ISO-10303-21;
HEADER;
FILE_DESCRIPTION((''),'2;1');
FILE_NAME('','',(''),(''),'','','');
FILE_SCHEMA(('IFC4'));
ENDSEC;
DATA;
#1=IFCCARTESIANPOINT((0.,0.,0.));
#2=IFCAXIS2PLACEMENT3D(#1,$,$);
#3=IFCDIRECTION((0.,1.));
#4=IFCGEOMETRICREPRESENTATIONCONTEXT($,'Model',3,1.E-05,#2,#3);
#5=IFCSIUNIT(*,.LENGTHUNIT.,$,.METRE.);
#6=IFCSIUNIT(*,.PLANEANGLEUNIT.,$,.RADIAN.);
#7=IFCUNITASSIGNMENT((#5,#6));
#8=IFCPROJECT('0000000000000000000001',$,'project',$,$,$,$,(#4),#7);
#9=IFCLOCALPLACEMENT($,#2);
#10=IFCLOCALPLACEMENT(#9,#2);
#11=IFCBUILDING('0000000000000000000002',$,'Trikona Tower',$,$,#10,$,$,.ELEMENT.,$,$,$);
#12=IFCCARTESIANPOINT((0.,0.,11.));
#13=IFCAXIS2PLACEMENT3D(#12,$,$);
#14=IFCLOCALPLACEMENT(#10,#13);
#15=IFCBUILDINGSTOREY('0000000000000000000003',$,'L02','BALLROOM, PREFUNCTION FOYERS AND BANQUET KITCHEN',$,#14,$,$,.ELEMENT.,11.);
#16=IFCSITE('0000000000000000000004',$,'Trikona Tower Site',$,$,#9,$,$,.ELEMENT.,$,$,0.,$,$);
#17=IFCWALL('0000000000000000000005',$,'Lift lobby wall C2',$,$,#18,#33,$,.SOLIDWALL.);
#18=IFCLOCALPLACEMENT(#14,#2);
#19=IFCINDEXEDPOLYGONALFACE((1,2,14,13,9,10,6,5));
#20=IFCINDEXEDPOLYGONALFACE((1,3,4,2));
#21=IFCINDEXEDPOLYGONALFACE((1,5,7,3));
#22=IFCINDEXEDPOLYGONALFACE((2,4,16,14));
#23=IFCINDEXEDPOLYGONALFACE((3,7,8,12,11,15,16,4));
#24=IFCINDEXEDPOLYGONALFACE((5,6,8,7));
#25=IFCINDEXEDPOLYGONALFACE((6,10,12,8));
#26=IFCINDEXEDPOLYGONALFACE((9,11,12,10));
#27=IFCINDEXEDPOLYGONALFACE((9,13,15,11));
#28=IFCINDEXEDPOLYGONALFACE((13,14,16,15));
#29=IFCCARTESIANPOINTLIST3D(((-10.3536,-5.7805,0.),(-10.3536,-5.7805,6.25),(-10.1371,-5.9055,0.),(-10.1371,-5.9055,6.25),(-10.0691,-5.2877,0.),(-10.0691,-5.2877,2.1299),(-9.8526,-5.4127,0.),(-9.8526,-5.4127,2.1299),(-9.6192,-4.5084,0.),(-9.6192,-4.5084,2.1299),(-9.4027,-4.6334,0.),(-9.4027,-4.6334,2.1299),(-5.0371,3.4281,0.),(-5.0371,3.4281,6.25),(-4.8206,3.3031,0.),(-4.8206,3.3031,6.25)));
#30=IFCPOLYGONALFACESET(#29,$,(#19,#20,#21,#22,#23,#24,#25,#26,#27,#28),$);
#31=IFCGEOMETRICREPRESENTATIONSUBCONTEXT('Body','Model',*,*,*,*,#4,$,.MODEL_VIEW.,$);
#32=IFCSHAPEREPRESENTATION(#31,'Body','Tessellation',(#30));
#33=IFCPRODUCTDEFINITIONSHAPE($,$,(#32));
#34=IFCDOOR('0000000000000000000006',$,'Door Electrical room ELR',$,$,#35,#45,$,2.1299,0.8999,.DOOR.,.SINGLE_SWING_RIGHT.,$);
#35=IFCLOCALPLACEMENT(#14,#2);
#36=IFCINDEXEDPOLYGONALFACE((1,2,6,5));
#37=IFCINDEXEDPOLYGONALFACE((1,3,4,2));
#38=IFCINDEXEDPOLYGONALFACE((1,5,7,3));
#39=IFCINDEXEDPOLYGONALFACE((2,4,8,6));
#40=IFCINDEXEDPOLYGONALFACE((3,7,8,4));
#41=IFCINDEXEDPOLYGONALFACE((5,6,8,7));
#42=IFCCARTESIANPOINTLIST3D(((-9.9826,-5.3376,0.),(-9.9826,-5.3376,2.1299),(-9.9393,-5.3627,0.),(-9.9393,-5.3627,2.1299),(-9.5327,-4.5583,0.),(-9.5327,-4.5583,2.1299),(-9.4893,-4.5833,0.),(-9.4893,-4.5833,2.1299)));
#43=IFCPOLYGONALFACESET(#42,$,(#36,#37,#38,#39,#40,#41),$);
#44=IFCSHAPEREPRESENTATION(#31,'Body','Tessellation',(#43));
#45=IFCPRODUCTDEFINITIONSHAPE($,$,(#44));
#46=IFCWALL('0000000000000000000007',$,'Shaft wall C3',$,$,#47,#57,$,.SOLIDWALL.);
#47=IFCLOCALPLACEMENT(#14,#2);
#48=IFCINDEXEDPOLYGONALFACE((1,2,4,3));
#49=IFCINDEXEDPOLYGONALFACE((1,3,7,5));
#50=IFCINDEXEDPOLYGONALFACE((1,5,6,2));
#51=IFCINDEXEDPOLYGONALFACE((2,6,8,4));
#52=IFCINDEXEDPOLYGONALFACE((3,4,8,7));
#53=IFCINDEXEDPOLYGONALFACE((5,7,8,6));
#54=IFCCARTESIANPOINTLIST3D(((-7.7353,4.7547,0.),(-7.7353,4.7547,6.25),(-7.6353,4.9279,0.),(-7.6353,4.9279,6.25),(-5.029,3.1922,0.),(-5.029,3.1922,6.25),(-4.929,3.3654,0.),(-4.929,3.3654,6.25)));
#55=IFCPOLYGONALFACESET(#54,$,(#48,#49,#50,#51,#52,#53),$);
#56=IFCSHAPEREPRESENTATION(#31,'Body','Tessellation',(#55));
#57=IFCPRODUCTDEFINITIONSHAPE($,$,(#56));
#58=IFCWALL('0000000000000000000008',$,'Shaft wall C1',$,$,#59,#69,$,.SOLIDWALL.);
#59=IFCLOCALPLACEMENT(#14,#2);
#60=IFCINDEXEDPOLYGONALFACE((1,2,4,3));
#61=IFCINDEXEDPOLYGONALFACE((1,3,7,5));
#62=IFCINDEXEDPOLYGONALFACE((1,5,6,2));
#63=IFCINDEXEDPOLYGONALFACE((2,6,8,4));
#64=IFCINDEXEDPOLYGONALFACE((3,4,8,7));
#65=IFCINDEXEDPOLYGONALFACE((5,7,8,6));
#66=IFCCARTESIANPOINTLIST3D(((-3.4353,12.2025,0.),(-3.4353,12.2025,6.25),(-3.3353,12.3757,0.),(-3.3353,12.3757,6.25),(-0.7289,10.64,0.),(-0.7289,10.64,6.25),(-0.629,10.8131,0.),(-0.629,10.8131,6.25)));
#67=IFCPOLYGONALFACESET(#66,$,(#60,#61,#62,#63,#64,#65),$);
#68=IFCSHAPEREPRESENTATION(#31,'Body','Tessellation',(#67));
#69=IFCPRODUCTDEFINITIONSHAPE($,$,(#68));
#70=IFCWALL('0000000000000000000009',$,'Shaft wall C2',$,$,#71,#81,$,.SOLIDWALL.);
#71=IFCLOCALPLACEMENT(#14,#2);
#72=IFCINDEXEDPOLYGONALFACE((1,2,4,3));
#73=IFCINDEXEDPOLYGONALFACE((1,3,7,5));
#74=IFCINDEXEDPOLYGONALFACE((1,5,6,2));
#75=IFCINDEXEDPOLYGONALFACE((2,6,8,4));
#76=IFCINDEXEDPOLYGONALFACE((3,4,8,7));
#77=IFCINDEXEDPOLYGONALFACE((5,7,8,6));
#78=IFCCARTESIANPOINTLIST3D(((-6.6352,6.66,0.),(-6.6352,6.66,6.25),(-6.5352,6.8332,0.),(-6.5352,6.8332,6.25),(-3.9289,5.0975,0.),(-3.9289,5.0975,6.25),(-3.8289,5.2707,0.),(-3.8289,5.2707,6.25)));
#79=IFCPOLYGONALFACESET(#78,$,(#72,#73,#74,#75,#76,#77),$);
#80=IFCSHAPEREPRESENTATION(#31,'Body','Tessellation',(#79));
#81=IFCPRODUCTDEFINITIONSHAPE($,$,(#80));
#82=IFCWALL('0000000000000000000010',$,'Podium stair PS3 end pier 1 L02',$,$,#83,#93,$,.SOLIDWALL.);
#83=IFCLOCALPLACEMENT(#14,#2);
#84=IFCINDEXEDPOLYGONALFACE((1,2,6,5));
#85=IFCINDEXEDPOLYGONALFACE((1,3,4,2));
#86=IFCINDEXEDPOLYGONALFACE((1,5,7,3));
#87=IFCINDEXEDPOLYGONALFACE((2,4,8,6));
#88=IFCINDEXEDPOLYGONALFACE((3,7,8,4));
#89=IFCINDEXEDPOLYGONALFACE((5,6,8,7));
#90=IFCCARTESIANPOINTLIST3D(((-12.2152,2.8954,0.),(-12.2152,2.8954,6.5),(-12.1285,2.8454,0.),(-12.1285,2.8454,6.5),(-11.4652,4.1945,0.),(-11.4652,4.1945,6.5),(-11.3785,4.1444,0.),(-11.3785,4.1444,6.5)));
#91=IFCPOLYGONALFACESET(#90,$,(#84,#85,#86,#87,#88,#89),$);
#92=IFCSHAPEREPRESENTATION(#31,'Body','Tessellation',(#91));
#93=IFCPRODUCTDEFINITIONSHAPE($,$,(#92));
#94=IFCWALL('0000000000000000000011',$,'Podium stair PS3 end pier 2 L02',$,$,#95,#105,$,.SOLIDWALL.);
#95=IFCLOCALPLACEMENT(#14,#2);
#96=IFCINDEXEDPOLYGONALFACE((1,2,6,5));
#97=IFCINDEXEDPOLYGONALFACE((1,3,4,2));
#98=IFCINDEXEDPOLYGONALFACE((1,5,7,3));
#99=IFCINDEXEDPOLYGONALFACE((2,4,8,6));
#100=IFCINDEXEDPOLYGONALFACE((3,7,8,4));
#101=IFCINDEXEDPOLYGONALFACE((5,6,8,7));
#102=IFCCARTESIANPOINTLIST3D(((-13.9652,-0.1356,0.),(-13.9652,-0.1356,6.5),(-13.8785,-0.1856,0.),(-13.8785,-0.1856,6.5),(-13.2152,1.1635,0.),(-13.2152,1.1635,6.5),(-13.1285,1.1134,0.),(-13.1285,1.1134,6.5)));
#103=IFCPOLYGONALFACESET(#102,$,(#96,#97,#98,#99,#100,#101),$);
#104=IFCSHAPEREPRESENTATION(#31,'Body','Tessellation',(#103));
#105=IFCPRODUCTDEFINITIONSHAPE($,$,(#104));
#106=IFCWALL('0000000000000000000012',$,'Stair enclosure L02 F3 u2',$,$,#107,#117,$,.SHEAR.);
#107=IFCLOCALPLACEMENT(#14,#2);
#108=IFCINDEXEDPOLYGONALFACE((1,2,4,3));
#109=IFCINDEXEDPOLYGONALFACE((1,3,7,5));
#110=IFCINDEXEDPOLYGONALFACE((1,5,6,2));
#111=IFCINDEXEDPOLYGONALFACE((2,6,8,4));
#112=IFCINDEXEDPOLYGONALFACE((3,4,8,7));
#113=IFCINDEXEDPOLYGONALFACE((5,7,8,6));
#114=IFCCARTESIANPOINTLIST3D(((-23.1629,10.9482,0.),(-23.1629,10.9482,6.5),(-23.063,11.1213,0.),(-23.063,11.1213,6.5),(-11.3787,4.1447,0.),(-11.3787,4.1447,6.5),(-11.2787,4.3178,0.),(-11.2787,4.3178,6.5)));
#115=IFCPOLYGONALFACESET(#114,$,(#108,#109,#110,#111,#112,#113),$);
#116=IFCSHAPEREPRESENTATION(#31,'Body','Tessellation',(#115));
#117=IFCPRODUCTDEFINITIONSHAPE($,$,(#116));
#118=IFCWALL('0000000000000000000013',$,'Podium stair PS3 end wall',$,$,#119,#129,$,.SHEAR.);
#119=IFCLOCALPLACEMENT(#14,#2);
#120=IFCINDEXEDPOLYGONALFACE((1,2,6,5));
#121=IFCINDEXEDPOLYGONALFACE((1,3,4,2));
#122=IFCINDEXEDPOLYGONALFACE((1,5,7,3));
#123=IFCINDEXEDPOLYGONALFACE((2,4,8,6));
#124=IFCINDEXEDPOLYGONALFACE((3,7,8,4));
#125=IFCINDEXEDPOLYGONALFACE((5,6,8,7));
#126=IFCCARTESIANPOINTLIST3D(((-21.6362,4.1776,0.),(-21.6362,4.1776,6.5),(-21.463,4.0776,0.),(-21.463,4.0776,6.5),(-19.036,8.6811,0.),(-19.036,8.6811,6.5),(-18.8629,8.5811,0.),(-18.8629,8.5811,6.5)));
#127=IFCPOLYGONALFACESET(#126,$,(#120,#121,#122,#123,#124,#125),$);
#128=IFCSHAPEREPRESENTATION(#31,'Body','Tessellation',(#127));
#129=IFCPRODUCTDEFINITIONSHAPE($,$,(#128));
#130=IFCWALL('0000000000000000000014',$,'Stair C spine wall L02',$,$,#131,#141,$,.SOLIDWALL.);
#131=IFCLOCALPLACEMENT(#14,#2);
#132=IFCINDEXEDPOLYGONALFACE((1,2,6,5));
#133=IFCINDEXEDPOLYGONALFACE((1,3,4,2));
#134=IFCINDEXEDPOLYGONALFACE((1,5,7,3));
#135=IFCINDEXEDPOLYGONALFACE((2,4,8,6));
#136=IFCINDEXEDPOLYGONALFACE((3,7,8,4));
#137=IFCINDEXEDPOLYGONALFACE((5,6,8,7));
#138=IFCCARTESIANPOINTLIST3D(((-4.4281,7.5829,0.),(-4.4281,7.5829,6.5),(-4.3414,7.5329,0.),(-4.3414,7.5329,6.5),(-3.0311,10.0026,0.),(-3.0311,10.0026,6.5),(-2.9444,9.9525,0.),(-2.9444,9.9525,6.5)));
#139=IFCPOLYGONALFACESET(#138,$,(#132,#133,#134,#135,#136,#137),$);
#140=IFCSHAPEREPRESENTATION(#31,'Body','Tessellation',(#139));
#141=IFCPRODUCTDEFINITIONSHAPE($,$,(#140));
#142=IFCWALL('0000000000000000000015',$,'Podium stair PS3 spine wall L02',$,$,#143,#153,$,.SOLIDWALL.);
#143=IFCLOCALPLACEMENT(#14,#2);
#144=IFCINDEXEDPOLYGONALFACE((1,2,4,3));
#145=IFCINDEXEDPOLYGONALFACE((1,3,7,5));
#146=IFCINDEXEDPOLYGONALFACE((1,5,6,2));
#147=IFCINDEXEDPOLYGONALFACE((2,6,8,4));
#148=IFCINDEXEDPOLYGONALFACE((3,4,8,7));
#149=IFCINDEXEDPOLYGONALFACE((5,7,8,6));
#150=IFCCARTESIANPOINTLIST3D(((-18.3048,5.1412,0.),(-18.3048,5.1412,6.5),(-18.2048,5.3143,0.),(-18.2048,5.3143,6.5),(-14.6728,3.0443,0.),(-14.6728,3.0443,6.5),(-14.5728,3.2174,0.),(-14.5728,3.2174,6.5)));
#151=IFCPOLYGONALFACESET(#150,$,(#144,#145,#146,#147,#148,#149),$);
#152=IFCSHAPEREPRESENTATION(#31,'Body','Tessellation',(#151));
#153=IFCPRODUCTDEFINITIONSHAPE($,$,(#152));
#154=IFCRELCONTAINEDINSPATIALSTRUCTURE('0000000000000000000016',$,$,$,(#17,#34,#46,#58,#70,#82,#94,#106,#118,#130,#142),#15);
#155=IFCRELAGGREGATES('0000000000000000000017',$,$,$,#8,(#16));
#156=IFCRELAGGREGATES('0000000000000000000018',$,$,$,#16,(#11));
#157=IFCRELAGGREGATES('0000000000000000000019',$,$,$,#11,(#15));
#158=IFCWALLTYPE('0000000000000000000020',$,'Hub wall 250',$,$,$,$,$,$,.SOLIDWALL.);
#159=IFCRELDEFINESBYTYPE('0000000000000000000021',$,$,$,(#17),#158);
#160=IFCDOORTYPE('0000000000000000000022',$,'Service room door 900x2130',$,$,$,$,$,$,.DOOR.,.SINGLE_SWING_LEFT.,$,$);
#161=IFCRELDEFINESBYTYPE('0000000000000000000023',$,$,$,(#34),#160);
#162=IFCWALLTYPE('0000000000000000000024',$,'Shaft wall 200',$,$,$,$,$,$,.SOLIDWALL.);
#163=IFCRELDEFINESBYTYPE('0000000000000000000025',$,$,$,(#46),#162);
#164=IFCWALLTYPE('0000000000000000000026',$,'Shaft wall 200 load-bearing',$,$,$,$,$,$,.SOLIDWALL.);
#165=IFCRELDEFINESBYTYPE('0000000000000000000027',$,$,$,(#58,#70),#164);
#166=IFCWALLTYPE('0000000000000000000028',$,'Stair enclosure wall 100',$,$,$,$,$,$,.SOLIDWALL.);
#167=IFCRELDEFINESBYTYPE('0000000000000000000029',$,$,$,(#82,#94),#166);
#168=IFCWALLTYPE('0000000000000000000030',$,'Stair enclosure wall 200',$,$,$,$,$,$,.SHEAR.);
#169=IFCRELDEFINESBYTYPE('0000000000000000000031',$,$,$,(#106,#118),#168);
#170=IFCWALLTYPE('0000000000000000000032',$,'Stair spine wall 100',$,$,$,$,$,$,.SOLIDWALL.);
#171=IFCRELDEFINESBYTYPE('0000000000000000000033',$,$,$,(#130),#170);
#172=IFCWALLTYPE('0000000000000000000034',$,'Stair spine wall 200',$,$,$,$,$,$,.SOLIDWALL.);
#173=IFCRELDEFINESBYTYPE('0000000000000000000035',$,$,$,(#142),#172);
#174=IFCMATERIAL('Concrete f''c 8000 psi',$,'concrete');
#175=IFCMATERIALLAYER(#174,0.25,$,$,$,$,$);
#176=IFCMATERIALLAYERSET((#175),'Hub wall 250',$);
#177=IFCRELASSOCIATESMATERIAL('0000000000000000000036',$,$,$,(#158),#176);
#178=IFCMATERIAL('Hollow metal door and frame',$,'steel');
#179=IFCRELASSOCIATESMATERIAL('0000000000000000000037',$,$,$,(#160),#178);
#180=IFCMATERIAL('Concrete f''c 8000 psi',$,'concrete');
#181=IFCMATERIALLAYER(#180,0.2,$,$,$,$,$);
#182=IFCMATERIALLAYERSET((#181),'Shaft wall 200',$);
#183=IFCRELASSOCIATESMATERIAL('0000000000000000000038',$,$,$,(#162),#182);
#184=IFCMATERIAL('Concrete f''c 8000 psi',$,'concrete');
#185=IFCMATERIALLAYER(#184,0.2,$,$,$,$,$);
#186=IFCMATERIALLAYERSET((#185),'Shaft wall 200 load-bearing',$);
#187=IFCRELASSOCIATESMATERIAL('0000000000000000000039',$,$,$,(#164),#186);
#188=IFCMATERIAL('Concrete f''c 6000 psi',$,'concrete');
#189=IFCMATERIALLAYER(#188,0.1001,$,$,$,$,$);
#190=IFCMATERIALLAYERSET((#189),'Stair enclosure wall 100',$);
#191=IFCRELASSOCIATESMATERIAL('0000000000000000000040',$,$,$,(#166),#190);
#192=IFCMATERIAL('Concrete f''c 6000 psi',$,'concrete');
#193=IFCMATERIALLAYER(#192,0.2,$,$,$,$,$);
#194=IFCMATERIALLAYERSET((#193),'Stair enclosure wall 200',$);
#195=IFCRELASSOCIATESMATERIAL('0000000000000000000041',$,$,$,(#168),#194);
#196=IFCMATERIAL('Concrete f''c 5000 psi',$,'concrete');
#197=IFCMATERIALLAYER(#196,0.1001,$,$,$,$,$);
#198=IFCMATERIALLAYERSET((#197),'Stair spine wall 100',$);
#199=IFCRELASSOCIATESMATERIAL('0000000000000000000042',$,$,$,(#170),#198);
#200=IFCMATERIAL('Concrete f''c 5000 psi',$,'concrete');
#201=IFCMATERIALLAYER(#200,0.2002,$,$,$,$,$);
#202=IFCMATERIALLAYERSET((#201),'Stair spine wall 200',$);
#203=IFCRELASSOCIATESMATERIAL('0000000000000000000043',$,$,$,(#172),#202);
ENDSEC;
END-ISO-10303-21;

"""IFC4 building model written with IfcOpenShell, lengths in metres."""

from ifc_helpers import new_model, si_unit, direction, frame, frame_2d, origin, place, context, subcontext, project, spatial, rectangle, extrude, material, layer, layer_set, type_object, element, fill, save


model = new_model("IFC4")

# Units and contexts
model_context = context("Model", 3, precision=1e-05, world=origin(), true_north=direction((0.0, 1.0)))
body_context = subcontext(model_context, "Body", "Model", "MODEL_VIEW")
ifc_project = project(units=[si_unit("LENGTHUNIT", "METRE"), si_unit("PLANEANGLEUNIT", "RADIAN")], contexts=[model_context])

# Site, building, storey
site_placement = place(None, origin())
site = spatial("IfcSite", under=ifc_project, at=site_placement, Name="Trikona Tower Site", CompositionType="ELEMENT", RefElevation=0.0)
building_placement = place(site_placement, origin())
building = spatial("IfcBuilding", under=site, at=building_placement, Name="Trikona Tower", CompositionType="ELEMENT")
storey_placement = place(building_placement, frame((0.0, 0.0, 11.0)))
storey = spatial("IfcBuildingStorey", under=building, at=storey_placement, Name="L02", Description="BALLROOM, PREFUNCTION FOYERS AND BANQUET KITCHEN", CompositionType="ELEMENT", Elevation=11.0)

# Shared definitions
ifc_material_1 = material(Name="Concrete f'c 8000 psi", Category="concrete")
ifc_layer_1 = layer(ifc_material_1, 0.25)
ifc_layer_set_1 = layer_set([ifc_layer_1], Name="Hub wall 250")
wall_type_1 = type_object("IfcWallType", Name="Hub wall 250", PredefinedType="SOLIDWALL", material=ifc_layer_set_1)

# Wall, opening, door
wall_1_placement = place(storey_placement, frame((-4.929, 3.3655, 0.0), z_axis=(0.0, 0.0, 1.0), x_axis=(-0.499991, -0.86603, 0.0)))
wall_1 = element("IfcWall", 1, at=wall_1_placement, inside=storey, type_object=wall_type_1, Name="Lift lobby wall C2", PredefinedType="SOLIDWALL", context=body_context, shape_type="SweptSolid", body=[
    extrude(rectangle(XDim=10.6331, YDim=0.25, at=frame_2d((5.3164, 0.0))), origin(), (0.0, 0.0, 1.0), 6.25),
])
opening_placement = place(wall_1_placement, frame((9.1641, 0.0, 0.0)))
opening = element("IfcOpeningElement", 2, at=opening_placement, cuts=wall_1, PredefinedType="OPENING", context=body_context, shape_type="SweptSolid", body=[
    extrude(rectangle(XDim=0.8999, YDim=2.1299, at=frame_2d((0.45, 1.0649))), frame((0.0, 0.135, 0.0), z_axis=(0.0, -1.0, 0.0), x_axis=(1.0, 0.0, 0.0)), (0.0, 0.0, 1.0), 0.27),
])
ifc_material_2 = material(Name="Hollow metal door and frame", Category="steel")
door_type = type_object("IfcDoorType", Name="Service room door 900x2130", OperationType="SINGLE_SWING_LEFT", PredefinedType="DOOR", material=ifc_material_2)
door_placement = place(opening_placement, origin())
door = element("IfcDoor", 3, at=door_placement, inside=storey, type_object=door_type, Name="Door Electrical room ELR", OperationType="SINGLE_SWING_RIGHT", OverallHeight=2.1299, OverallWidth=0.8999, PredefinedType="DOOR", context=body_context, shape_type="SweptSolid", body=[
    extrude(rectangle(XDim=0.8999, YDim=2.1299, at=frame_2d((0.45, 1.0649))), frame((0.0, 0.0249, 0.0), z_axis=(0.0, -1.0, 0.0), x_axis=(1.0, 0.0, 0.0)), (0.0, 0.0, 1.0), 0.05),
])
fill(opening, door)

# Walls
ifc_material_3 = material(Name="Concrete f'c 8000 psi", Category="concrete")
ifc_layer_2 = layer(ifc_material_3, 0.2)
ifc_layer_set_2 = layer_set([ifc_layer_2], Name="Shaft wall 200")
wall_type_2 = type_object("IfcWallType", Name="Shaft wall 200", PredefinedType="SOLIDWALL", material=ifc_layer_set_2)
wall_2_placement = place(storey_placement, frame((-4.979, 3.2788, 0.0), z_axis=(0.0, 0.0, 1.0), x_axis=(-0.866023, 0.500004, 0.0)))
element("IfcWall", 4, at=wall_2_placement, inside=storey, type_object=wall_type_2, Name="Shaft wall C3", PredefinedType="SOLIDWALL", context=body_context, shape_type="SweptSolid", body=[
    extrude(rectangle(XDim=3.125, YDim=0.2, at=frame_2d((1.5625, 0.0))), origin(), (0.0, 0.0, 1.0), 6.25),
])
ifc_material_4 = material(Name="Concrete f'c 8000 psi", Category="concrete")
ifc_layer_3 = layer(ifc_material_4, 0.2)
ifc_layer_set_3 = layer_set([ifc_layer_3], Name="Shaft wall 200 load-bearing")
wall_type_3 = type_object("IfcWallType", Name="Shaft wall 200 load-bearing", PredefinedType="SOLIDWALL", material=ifc_layer_set_3)
for number, where, z_axis, x_axis, name in (
    (5, (-0.679, 10.7266, 0.0), (0.0, 0.0, 1.0), (-0.866023, 0.500004, 0.0), "Shaft wall C1"),
    (6, (-3.8789, 5.1841, 0.0), (0.0, 0.0, 1.0), (-0.866023, 0.500004, 0.0), "Shaft wall C2"),
):
    element("IfcWall", number, at=place(storey_placement, frame(where, z_axis=z_axis, x_axis=x_axis)), inside=storey, type_object=wall_type_3, Name=name, PredefinedType="SOLIDWALL", context=body_context, shape_type="SweptSolid", body=[
        extrude(rectangle(XDim=3.125, YDim=0.2, at=frame_2d((1.5625, 0.0))), origin(), (0.0, 0.0, 1.0), 6.25),
    ])
ifc_material_5 = material(Name="Concrete f'c 6000 psi", Category="concrete")
ifc_layer_4 = layer(ifc_material_5, 0.1001)
ifc_layer_set_4 = layer_set([ifc_layer_4], Name="Stair enclosure wall 100")
wall_type_4 = type_object("IfcWallType", Name="Stair enclosure wall 100", PredefinedType="SOLIDWALL", material=ifc_layer_set_4)
for number, where, z_axis, x_axis, name in (
    (7, (-11.4219, 4.1694, 0.0), (0.0, 0.0, 1.0), (-0.49999, -0.866031, 0.0), "Podium stair PS3 end pier 1 L02"),
    (8, (-13.1719, 1.1384, 0.0), (0.0, 0.0, 1.0), (-0.49999, -0.866031, 0.0), "Podium stair PS3 end pier 2 L02"),
):
    element("IfcWall", number, at=place(storey_placement, frame(where, z_axis=z_axis, x_axis=x_axis)), inside=storey, type_object=wall_type_4, Name=name, PredefinedType="SOLIDWALL", context=body_context, shape_type="SweptSolid", body=[
        extrude(rectangle(XDim=1.5, YDim=0.1001, at=frame_2d((0.75, 0.0))), origin(), (0.0, 0.0, 1.0), 6.5),
    ])
ifc_material_6 = material(Name="Concrete f'c 6000 psi", Category="concrete")
ifc_layer_5 = layer(ifc_material_6, 0.2)
ifc_layer_set_5 = layer_set([ifc_layer_5], Name="Stair enclosure wall 200")
wall_type_5 = type_object("IfcWallType", Name="Stair enclosure wall 200", PredefinedType="SHEAR", material=ifc_layer_set_5)
wall_3_placement = place(storey_placement, frame((-11.3286, 4.2312, 0.0), z_axis=(0.0, 0.0, 1.0), x_axis=(-0.86603, 0.499993, 0.0)))
element("IfcWall", 9, at=wall_3_placement, inside=storey, type_object=wall_type_5, Name="Stair enclosure L02 F3 u2", PredefinedType="SHEAR", context=body_context, shape_type="SweptSolid", body=[
    extrude(rectangle(XDim=13.6072, YDim=0.2, at=frame_2d((6.8037, 0.0))), origin(), (0.0, 0.0, 1.0), 6.5),
])
wall_4_placement = place(storey_placement, frame((-18.9495, 8.6311, 0.0), z_axis=(0.0, 0.0, 1.0), x_axis=(-0.500007, -0.866021, 0.0)))
element("IfcWall", 10, at=wall_4_placement, inside=storey, type_object=wall_type_5, Name="Podium stair PS3 end wall", PredefinedType="SHEAR", context=body_context, shape_type="SweptSolid", body=[
    extrude(rectangle(XDim=5.2002, YDim=0.2, at=frame_2d((2.6001, 0.0))), origin(), (0.0, 0.0, 1.0), 6.5),
])
ifc_material_7 = material(Name="Concrete f'c 5000 psi", Category="concrete")
ifc_layer_6 = layer(ifc_material_7, 0.1001)
ifc_layer_set_6 = layer_set([ifc_layer_6], Name="Stair spine wall 100")
wall_type_6 = type_object("IfcWallType", Name="Stair spine wall 100", PredefinedType="SOLIDWALL", material=ifc_layer_set_6)
wall_5_placement = place(storey_placement, frame((-2.9878, 9.9775, 0.0), z_axis=(0.0, 0.0, 1.0), x_axis=(-0.499992, -0.86603, 0.0)))
element("IfcWall", 11, at=wall_5_placement, inside=storey, type_object=wall_type_6, Name="Stair C spine wall L02", PredefinedType="SOLIDWALL", context=body_context, shape_type="SweptSolid", body=[
    extrude(rectangle(XDim=2.7939, YDim=0.1001, at=frame_2d((1.397, 0.0))), origin(), (0.0, 0.0, 1.0), 6.5),
])
ifc_material_8 = material(Name="Concrete f'c 5000 psi", Category="concrete")
ifc_layer_7 = layer(ifc_material_8, 0.2002)
ifc_layer_set_7 = layer_set([ifc_layer_7], Name="Stair spine wall 200")
wall_type_7 = type_object("IfcWallType", Name="Stair spine wall 200", PredefinedType="SOLIDWALL", material=ifc_layer_set_7)
wall_6_placement = place(storey_placement, frame((-14.6228, 3.1309, 0.0), z_axis=(0.0, 0.0, 1.0), x_axis=(-0.866031, 0.49999, 0.0)))
element("IfcWall", 12, at=wall_6_placement, inside=storey, type_object=wall_type_7, Name="Podium stair PS3 spine wall L02", PredefinedType="SOLIDWALL", context=body_context, shape_type="SweptSolid", body=[
    extrude(rectangle(XDim=4.1938, YDim=0.2, at=frame_2d((2.0969, 0.0))), origin(), (0.0, 0.0, 1.0), 6.5),
])

save(model, "model.ifc")
